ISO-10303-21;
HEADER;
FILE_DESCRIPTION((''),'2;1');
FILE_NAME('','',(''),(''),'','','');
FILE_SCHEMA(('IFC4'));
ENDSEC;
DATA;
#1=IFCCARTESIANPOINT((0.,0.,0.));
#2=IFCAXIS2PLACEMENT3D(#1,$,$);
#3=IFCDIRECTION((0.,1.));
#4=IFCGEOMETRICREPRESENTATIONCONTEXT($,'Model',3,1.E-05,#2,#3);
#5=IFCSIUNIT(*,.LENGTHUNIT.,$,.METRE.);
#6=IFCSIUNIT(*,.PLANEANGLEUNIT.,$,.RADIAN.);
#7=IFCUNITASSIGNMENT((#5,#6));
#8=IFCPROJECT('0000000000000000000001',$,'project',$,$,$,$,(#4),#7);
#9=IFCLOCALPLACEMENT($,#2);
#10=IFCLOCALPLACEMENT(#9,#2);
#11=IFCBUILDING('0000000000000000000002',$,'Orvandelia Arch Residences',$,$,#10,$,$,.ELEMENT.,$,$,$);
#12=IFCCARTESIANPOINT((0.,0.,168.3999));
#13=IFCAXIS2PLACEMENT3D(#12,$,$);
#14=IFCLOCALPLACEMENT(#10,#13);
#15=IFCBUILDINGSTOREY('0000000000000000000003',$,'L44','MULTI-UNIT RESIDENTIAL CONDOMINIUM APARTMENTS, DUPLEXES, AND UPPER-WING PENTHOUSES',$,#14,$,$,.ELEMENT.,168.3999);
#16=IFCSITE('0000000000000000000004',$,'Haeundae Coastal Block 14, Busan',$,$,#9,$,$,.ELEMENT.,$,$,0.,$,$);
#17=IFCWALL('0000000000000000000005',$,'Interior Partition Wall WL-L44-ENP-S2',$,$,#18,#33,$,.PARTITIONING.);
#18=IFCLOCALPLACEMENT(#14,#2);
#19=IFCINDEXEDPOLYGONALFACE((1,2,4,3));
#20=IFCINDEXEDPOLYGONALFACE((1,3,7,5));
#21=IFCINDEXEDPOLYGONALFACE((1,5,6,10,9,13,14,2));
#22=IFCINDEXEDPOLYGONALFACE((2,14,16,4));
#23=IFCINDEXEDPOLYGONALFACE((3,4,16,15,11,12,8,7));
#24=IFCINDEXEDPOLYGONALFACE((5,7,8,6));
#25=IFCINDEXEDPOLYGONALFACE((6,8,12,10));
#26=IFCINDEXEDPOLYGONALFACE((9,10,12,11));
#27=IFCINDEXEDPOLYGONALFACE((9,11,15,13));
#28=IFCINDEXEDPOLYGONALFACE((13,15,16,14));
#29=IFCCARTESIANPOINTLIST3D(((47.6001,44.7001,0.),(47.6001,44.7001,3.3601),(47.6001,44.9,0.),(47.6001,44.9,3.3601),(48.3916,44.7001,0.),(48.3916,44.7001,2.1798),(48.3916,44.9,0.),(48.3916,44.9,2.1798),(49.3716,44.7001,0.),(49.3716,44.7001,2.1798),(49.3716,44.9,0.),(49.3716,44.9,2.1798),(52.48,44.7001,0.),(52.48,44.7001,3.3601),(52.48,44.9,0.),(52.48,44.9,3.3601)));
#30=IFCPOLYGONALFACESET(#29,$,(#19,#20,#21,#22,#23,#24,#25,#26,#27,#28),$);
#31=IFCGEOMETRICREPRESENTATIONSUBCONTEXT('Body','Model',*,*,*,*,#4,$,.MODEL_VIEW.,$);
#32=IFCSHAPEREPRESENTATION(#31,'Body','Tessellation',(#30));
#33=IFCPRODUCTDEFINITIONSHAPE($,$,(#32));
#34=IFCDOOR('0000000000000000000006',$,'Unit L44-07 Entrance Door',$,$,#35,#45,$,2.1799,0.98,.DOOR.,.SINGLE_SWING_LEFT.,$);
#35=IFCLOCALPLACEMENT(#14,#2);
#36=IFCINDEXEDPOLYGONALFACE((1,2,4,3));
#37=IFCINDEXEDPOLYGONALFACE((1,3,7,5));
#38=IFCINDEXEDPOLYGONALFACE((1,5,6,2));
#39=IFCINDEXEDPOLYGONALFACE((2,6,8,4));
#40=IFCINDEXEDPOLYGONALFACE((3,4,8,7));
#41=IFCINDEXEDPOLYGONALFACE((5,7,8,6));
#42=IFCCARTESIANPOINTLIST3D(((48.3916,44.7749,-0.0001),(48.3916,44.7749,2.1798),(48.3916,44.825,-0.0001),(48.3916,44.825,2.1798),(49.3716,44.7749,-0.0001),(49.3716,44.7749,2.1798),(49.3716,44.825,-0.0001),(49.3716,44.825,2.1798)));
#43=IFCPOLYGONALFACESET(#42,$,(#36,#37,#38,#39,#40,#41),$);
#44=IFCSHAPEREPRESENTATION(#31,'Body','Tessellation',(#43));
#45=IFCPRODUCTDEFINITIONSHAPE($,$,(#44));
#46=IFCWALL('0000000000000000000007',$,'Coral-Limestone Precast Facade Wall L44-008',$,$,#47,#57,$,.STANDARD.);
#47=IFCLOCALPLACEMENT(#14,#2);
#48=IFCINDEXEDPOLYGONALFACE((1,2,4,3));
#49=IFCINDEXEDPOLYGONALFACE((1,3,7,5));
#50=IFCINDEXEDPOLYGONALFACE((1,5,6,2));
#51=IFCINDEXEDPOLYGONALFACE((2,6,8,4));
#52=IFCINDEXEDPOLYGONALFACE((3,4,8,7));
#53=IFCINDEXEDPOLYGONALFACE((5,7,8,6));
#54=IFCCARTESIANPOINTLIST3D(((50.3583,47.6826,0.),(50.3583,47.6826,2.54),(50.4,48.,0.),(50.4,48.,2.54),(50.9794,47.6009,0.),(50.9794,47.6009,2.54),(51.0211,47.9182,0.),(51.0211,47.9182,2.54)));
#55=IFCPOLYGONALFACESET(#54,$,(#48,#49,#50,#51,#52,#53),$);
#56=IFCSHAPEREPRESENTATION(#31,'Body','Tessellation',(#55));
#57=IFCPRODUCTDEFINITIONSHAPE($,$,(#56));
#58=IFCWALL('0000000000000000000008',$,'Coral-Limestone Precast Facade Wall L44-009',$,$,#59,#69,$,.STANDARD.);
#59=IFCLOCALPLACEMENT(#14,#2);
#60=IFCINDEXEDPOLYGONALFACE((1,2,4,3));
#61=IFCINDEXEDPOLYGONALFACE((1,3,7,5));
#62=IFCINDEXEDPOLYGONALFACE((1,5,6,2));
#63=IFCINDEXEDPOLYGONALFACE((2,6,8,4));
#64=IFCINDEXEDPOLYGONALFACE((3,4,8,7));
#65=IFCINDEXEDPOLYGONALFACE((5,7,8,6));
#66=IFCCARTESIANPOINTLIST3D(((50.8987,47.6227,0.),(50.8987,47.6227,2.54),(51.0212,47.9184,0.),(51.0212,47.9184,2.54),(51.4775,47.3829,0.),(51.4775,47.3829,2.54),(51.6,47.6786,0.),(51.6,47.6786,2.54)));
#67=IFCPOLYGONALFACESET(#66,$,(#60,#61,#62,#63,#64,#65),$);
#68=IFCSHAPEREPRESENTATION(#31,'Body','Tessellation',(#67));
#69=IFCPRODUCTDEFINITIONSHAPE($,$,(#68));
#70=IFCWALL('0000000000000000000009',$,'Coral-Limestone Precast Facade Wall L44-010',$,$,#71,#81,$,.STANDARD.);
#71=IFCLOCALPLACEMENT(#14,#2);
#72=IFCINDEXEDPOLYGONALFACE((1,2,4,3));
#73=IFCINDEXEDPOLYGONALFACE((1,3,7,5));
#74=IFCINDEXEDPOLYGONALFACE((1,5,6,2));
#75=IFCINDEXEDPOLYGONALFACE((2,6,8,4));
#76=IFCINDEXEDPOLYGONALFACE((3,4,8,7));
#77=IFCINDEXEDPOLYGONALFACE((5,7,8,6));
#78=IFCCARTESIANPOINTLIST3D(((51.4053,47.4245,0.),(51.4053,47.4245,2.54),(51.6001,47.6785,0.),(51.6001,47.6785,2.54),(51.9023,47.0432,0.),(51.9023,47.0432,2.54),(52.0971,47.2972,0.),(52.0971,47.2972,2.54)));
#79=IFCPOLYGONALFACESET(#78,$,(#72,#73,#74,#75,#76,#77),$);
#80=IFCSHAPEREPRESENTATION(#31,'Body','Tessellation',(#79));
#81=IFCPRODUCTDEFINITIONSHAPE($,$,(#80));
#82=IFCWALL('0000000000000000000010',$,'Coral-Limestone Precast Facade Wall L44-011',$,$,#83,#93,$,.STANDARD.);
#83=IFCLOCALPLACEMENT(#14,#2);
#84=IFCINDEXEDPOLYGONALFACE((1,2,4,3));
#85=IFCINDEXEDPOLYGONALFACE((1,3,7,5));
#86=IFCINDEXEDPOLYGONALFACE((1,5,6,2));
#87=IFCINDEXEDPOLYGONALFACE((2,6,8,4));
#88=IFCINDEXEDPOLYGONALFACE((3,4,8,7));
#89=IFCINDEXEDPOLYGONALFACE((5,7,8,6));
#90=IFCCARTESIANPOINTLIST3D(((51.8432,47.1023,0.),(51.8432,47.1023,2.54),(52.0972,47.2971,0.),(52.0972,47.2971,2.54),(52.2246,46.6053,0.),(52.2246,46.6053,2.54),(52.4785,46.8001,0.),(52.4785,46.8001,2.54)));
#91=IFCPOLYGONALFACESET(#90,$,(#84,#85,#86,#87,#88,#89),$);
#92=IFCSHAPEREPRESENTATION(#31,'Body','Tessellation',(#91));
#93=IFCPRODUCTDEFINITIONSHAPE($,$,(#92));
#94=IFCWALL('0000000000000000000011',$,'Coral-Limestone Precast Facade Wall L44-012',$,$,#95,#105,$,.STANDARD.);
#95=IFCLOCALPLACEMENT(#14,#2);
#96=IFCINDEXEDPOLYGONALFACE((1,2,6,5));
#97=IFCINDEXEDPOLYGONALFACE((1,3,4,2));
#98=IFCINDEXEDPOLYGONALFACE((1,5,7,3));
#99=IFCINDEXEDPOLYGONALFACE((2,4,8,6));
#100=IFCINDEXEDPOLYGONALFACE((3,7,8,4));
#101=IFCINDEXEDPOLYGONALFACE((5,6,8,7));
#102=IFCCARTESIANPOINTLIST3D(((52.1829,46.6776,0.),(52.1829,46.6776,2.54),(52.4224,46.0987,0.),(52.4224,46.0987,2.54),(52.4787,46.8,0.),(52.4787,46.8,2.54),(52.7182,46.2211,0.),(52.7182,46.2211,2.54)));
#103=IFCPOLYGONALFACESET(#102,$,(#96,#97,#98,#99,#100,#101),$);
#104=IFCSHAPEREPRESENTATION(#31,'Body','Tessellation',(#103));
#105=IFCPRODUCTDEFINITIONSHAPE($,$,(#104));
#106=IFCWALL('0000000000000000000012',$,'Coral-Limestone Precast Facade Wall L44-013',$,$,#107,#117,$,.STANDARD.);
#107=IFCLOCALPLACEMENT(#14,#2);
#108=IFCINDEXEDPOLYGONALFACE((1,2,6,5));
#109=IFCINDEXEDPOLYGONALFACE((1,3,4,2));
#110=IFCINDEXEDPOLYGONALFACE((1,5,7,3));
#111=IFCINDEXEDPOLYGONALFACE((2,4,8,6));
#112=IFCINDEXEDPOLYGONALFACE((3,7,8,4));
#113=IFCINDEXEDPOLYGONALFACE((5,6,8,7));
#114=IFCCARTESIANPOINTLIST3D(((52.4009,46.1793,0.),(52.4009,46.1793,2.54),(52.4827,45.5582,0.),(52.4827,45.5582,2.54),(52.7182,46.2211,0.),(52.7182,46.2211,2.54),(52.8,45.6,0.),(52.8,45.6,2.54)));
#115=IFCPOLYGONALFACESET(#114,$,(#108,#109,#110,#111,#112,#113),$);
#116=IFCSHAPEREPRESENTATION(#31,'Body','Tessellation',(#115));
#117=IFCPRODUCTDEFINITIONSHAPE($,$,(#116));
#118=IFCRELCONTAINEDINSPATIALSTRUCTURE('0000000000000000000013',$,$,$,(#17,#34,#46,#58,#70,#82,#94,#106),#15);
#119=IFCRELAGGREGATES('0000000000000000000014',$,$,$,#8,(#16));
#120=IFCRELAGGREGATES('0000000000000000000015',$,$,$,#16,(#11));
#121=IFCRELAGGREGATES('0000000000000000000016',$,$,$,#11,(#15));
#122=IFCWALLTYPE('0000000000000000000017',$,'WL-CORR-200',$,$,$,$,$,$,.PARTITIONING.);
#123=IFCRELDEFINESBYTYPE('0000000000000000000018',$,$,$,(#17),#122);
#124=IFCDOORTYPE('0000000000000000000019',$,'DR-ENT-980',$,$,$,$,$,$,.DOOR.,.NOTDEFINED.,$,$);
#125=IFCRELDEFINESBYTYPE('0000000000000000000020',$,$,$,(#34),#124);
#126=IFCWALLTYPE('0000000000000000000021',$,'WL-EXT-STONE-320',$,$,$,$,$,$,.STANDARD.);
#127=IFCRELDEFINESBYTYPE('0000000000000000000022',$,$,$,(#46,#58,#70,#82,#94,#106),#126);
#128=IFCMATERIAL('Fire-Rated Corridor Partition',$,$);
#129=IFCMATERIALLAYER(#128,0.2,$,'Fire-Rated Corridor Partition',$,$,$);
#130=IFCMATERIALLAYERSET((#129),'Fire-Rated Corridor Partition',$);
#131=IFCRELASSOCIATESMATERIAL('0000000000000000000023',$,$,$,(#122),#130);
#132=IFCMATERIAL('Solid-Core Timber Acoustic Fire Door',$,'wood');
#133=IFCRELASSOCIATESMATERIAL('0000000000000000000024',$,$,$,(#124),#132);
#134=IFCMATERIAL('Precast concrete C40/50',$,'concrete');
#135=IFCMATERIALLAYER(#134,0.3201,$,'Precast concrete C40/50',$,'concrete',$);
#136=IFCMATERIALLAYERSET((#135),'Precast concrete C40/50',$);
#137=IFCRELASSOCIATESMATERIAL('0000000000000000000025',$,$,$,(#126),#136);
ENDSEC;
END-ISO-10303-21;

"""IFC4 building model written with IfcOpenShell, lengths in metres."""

from ifc_helpers import new_model, si_unit, direction, frame, frame_2d, origin, place, context, subcontext, project, spatial, rectangle, extrude, material, layer, layer_set, type_object, element, fill, save


model = new_model("IFC4")

# Units and contexts
model_context = context("Model", 3, precision=1e-05, world=origin(), true_north=direction((0.0, 1.0)))
body_context = subcontext(model_context, "Body", "Model", "MODEL_VIEW")
ifc_project = project(units=[si_unit("LENGTHUNIT", "METRE"), si_unit("PLANEANGLEUNIT", "RADIAN")], contexts=[model_context])

# Site, building, storey
site_placement = place(None, origin())
site = spatial("IfcSite", under=ifc_project, at=site_placement, Name="Haeundae Coastal Block 14, Busan", CompositionType="ELEMENT", RefElevation=0.0)
building_placement = place(site_placement, origin())
building = spatial("IfcBuilding", under=site, at=building_placement, Name="Orvandelia Arch Residences", CompositionType="ELEMENT")
storey_placement = place(building_placement, frame((0.0, 0.0, 168.3999)))
storey = spatial("IfcBuildingStorey", under=building, at=storey_placement, Name="L44", Description="MULTI-UNIT RESIDENTIAL CONDOMINIUM APARTMENTS, DUPLEXES, AND UPPER-WING PENTHOUSES", CompositionType="ELEMENT", Elevation=168.3999)

# Wall, opening, door
ifc_material_1 = material(Name="Fire-Rated Corridor Partition")
ifc_layer_1 = layer(ifc_material_1, 0.2, Name="Fire-Rated Corridor Partition")
ifc_layer_set_1 = layer_set([ifc_layer_1], Name="Fire-Rated Corridor Partition")
wall_type_1 = type_object("IfcWallType", Name="WL-CORR-200", PredefinedType="PARTITIONING", material=ifc_layer_set_1)
wall_1_placement = place(storey_placement, frame((47.6001, 44.8, 0.0), z_axis=(0.0, 0.0, 1.0), x_axis=(1.0, 0.0, 0.0)))
wall_1 = element("IfcWall", 1, at=wall_1_placement, inside=storey, type_object=wall_type_1, Name="Interior Partition Wall WL-L44-ENP-S2", PredefinedType="PARTITIONING", context=body_context, shape_type="SweptSolid", body=[
    extrude(rectangle(XDim=4.8799, YDim=0.2, at=frame_2d((2.4399, 0.0))), origin(), (0.0, 0.0, 1.0), 3.3601),
])
opening_1_placement = place(wall_1_placement, frame((0.7915, 0.0, 0.0)))
opening_1 = element("IfcOpeningElement", 2, at=opening_1_placement, cuts=wall_1, PredefinedType="OPENING", context=body_context, shape_type="SweptSolid", body=[
    extrude(rectangle(XDim=0.98, YDim=2.1799, at=frame_2d((0.49, 1.0898))), frame((0.0, 0.1099, 0.0), z_axis=(0.0, -1.0, 0.0), x_axis=(1.0, 0.0, 0.0)), (0.0, 0.0, 1.0), 0.22),
])
ifc_material_2 = material(Name="Solid-Core Timber Acoustic Fire Door", Category="wood")
door_type_1 = type_object("IfcDoorType", Name="DR-ENT-980", OperationType="NOTDEFINED", PredefinedType="DOOR", material=ifc_material_2)
door_1_placement = place(opening_1_placement, origin())
door_1 = element("IfcDoor", 3, at=door_1_placement, inside=storey, type_object=door_type_1, Name="Unit L44-07 Entrance Door", OperationType="SINGLE_SWING_LEFT", OverallHeight=2.1799, OverallWidth=0.98, PredefinedType="DOOR", context=body_context, shape_type="SweptSolid", body=[
    extrude(rectangle(XDim=0.98, YDim=2.1799, at=frame_2d((0.49, 1.0898))), frame((0.0, 0.0249, 0.0), z_axis=(0.0, -1.0, 0.0), x_axis=(1.0, 0.0, 0.0)), (0.0, 0.0, 1.0), 0.05),
])
fill(opening_1, door_1)

# Walls
ifc_material_3 = material(Name="Precast concrete C40/50", Category="concrete")
ifc_layer_2 = layer(ifc_material_3, 0.3201, Name="Precast concrete C40/50", Category="concrete")
ifc_layer_set_2 = layer_set([ifc_layer_2], Name="Precast concrete C40/50")
wall_type_2 = type_object("IfcWallType", Name="WL-EXT-STONE-320", PredefinedType="STANDARD", material=ifc_layer_set_2)
for number, where, z_axis, x_axis, name in (
    (4, (50.3792, 47.8413, 0.0), (0.0, 0.0, 1.0), (0.991441, -0.130555, 0.0), "Coral-Limestone Precast Facade Wall L44-008"),
    (5, (50.96, 47.7705, 0.0), (0.0, 0.0, 1.0), (0.923893, -0.38265, 0.0), "Coral-Limestone Precast Facade Wall L44-009"),
    (6, (51.5027, 47.5515, 0.0), (0.0, 0.0, 1.0), (0.793406, -0.608693, 0.0), "Coral-Limestone Precast Facade Wall L44-010"),
    (7, (51.9702, 47.1997, 0.0), (0.0, 0.0, 1.0), (0.608693, -0.793406, 0.0), "Coral-Limestone Precast Facade Wall L44-011"),
    (8, (52.3308, 46.7388, 0.0), (0.0, 0.0, 1.0), (0.382317, -0.924031, 0.0), "Coral-Limestone Precast Facade Wall L44-012"),
    (9, (52.5596, 46.2002, 0.0), (0.0, 0.0, 1.0), (0.130555, -0.991441, 0.0), "Coral-Limestone Precast Facade Wall L44-013"),
):
    element("IfcWall", number, at=place(storey_placement, frame(where, z_axis=z_axis, x_axis=x_axis)), inside=storey, type_object=wall_type_2, Name=name, PredefinedType="STANDARD", context=body_context, shape_type="SweptSolid", body=[
        extrude(rectangle(XDim=0.6265, YDim=0.3201, at=frame_2d((0.3132, 0.0))), origin(), (0.0, 0.0, 1.0), 2.54),
    ])

save(model, "model.ifc")
